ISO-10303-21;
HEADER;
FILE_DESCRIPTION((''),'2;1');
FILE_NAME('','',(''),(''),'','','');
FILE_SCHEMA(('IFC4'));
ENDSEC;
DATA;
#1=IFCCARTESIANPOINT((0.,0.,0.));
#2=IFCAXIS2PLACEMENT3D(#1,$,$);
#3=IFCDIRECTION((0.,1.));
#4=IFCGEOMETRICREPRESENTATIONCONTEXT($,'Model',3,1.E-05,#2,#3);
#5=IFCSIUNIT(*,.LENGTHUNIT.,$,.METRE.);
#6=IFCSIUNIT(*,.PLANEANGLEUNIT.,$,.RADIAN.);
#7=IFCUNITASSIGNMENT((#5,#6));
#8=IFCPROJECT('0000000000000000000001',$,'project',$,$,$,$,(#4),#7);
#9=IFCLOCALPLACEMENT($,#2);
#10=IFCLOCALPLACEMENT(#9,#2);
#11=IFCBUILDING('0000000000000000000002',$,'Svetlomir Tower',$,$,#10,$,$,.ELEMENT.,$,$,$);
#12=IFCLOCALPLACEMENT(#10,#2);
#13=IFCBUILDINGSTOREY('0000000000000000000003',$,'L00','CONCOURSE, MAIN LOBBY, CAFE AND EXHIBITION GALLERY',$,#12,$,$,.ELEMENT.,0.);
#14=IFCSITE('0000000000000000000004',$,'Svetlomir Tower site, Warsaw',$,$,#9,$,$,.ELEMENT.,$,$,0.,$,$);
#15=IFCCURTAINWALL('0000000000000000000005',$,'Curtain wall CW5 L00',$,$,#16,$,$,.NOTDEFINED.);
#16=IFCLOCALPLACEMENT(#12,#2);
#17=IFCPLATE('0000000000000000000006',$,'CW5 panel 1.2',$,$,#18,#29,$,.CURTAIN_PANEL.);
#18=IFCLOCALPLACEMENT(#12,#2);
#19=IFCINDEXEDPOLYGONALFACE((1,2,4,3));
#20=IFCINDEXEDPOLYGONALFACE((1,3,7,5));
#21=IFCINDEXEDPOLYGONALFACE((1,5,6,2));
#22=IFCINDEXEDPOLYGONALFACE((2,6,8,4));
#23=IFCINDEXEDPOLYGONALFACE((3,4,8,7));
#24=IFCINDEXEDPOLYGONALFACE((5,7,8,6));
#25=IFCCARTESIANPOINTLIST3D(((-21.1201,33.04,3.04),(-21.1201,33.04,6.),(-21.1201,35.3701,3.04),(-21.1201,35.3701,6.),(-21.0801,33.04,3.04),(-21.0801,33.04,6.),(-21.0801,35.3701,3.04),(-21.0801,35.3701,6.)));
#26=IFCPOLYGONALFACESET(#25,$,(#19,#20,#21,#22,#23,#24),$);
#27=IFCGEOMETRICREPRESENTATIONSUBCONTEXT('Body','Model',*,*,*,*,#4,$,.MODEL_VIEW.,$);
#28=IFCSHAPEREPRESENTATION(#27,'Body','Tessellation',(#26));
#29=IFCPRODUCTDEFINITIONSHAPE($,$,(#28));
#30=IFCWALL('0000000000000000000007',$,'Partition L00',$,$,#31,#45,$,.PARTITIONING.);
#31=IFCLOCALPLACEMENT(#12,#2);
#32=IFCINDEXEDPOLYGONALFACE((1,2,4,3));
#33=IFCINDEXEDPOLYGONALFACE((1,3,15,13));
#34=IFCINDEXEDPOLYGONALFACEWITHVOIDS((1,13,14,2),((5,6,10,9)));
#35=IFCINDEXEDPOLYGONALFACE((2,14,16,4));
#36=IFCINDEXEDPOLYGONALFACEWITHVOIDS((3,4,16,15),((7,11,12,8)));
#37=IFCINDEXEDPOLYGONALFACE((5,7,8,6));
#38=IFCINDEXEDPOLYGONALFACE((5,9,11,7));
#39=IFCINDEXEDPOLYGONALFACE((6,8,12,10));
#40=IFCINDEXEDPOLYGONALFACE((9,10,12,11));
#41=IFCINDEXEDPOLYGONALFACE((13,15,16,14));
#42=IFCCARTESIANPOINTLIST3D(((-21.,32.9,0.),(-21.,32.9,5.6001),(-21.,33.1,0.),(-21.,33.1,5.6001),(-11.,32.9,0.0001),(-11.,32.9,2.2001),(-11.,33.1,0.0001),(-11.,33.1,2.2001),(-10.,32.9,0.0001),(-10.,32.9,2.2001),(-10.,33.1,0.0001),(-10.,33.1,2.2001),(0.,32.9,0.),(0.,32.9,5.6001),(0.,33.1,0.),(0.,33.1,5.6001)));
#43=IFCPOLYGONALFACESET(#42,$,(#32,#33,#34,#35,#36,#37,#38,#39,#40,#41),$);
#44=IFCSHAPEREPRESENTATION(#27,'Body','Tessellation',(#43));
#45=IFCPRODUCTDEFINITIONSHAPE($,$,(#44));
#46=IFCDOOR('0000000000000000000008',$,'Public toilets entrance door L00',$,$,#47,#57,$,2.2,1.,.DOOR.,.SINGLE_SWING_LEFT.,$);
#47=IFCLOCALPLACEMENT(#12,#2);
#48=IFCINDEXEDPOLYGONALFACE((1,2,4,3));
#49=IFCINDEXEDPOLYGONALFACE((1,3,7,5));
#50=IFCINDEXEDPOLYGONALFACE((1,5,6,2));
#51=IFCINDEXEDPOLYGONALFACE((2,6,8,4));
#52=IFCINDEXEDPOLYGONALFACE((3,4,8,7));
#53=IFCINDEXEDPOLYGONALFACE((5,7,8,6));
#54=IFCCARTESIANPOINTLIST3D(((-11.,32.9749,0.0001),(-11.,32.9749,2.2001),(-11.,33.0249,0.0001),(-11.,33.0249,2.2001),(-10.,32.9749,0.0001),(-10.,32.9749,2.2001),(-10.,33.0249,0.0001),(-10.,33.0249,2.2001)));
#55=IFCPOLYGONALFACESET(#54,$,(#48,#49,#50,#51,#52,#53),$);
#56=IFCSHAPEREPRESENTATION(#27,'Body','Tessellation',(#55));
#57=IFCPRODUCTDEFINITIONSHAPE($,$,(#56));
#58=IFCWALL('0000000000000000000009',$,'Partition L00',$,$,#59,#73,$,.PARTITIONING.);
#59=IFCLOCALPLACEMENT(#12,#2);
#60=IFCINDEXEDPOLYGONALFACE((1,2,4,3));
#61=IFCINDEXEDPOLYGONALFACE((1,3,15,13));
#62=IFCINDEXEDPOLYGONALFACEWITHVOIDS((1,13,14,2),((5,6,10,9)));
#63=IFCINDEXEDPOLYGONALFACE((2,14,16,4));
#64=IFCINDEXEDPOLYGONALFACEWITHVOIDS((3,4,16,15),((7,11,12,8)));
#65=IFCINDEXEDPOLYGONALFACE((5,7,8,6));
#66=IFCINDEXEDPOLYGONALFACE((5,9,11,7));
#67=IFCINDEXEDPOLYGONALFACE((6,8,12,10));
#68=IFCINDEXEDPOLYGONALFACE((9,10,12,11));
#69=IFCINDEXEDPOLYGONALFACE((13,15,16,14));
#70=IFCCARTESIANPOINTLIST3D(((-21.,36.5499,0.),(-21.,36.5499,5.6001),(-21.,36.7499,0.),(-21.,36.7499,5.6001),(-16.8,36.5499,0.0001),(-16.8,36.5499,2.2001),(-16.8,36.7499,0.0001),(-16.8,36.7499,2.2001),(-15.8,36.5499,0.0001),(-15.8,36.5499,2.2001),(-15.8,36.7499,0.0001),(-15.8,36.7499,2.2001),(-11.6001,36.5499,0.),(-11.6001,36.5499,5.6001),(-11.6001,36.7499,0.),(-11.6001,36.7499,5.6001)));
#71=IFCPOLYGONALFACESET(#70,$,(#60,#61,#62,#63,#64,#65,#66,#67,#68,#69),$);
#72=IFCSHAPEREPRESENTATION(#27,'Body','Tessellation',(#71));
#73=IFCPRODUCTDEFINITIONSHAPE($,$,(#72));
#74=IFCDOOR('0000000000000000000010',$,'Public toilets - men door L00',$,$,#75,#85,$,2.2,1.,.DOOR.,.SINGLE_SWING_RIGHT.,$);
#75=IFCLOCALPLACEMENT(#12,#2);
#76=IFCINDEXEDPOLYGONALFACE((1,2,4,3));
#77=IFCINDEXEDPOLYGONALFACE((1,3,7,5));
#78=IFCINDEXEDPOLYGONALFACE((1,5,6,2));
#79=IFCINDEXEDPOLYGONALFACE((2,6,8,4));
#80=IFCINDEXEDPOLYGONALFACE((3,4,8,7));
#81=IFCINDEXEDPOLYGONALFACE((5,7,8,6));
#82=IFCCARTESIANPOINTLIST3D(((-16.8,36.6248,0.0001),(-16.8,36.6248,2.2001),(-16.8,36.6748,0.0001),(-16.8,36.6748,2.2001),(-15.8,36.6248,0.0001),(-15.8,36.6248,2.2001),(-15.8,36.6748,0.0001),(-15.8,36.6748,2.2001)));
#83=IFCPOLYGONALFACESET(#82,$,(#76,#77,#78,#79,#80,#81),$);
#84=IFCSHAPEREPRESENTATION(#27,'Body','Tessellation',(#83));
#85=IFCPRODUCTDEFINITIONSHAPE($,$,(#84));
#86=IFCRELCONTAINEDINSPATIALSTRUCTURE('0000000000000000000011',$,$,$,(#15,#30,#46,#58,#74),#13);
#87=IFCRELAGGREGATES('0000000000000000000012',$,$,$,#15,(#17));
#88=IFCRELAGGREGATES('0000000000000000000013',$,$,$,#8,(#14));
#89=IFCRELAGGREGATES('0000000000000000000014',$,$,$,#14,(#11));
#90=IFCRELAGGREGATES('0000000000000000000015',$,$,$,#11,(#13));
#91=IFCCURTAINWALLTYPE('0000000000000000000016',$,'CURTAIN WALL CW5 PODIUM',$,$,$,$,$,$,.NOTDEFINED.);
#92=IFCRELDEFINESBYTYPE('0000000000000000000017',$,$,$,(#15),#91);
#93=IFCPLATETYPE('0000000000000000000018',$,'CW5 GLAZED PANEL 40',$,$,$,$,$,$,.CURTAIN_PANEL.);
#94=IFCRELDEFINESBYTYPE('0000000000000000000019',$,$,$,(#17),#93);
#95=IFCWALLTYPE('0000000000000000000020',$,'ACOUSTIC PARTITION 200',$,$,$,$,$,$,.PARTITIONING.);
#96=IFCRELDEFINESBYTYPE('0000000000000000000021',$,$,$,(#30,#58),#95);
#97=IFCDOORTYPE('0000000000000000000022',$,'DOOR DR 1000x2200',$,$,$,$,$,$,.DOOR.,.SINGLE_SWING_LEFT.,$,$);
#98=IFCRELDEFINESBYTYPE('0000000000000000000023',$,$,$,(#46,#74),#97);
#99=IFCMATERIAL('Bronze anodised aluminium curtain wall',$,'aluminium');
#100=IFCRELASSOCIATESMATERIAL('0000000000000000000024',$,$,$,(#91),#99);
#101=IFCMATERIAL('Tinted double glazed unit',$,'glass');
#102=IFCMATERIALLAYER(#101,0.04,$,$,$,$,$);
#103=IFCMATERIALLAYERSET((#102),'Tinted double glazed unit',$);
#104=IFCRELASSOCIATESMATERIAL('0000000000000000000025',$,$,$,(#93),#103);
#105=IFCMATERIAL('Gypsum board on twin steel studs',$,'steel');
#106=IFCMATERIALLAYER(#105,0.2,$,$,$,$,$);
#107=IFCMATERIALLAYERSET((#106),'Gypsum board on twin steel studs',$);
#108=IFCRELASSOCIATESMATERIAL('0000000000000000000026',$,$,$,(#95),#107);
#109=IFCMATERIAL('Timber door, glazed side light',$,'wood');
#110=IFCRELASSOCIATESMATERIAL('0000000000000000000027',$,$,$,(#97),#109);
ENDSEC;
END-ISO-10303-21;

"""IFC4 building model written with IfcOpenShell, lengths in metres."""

from ifc_helpers import new_model, si_unit, direction, frame, frame_2d, origin, origin_2d, place, context, subcontext, project, spatial, rectangle, extrude, material, layer, layer_set, type_object, element, fill, aggregate, save


model = new_model("IFC4")

# Units and contexts
model_context = context("Model", 3, precision=1e-05, world=origin(), true_north=direction((0.0, 1.0)))
body_context = subcontext(model_context, "Body", "Model", "MODEL_VIEW")
ifc_project = project(units=[si_unit("LENGTHUNIT", "METRE"), si_unit("PLANEANGLEUNIT", "RADIAN")], contexts=[model_context])

# Site, building, storey
site_placement = place(None, origin())
site = spatial("IfcSite", under=ifc_project, at=site_placement, Name="Svetlomir Tower site, Warsaw", CompositionType="ELEMENT", RefElevation=0.0)
building_placement = place(site_placement, origin())
building = spatial("IfcBuilding", under=site, at=building_placement, Name="Svetlomir Tower", CompositionType="ELEMENT")
storey_placement = place(building_placement, origin())
storey = spatial("IfcBuildingStorey", under=building, at=storey_placement, Name="L00", Description="CONCOURSE, MAIN LOBBY, CAFE AND EXHIBITION GALLERY", CompositionType="ELEMENT", Elevation=0.0)

# Curtain wall
ifc_material_1 = material(Name="Bronze anodised aluminium curtain wall", Category="aluminium")
curtain_wall_type = type_object("IfcCurtainWallType", Name="CURTAIN WALL CW5 PODIUM", PredefinedType="NOTDEFINED", material=ifc_material_1)
curtain_wall_1_placement = place(storey_placement, origin())
curtain_wall_1 = element("IfcCurtainWall", 1, at=curtain_wall_1_placement, inside=storey, type_object=curtain_wall_type, Name="Curtain wall CW5 L00", PredefinedType="NOTDEFINED")

# Plate
ifc_material_2 = material(Name="Tinted double glazed unit", Category="glass")
ifc_layer_1 = layer(ifc_material_2, 0.04)
ifc_layer_set_1 = layer_set([ifc_layer_1], Name="Tinted double glazed unit")
plate_type = type_object("IfcPlateType", Name="CW5 GLAZED PANEL 40", PredefinedType="CURTAIN_PANEL", material=ifc_layer_set_1)
plate_1_placement = place(storey_placement, frame((-21.1001, 34.2051, 3.04), z_axis=(0.0, 0.0, 1.0), x_axis=(0.0, -1.0, 0.0)))
plate_1 = element("IfcPlate", 2, at=plate_1_placement, type_object=plate_type, Name="CW5 panel 1.2", PredefinedType="CURTAIN_PANEL", context=body_context, shape_type="SweptSolid", body=[
    extrude(rectangle(XDim=2.3301, YDim=0.04, at=origin_2d()), origin(), (0.0, 0.0, 1.0), 2.96),
])
aggregate(curtain_wall_1, [plate_1])

# Walls, openings, doors
ifc_material_3 = material(Name="Gypsum board on twin steel studs", Category="steel")
ifc_layer_2 = layer(ifc_material_3, 0.2)
ifc_layer_set_2 = layer_set([ifc_layer_2], Name="Gypsum board on twin steel studs")
wall_type = type_object("IfcWallType", Name="ACOUSTIC PARTITION 200", PredefinedType="PARTITIONING", material=ifc_layer_set_2)
wall_1_placement = place(storey_placement, frame((-21.0, 33.0, 0.0), z_axis=(0.0, 0.0, 1.0), x_axis=(1.0, 0.0, 0.0)))
wall_1 = element("IfcWall", 3, at=wall_1_placement, inside=storey, type_object=wall_type, Name="Partition L00", PredefinedType="PARTITIONING", context=body_context, shape_type="SweptSolid", body=[
    extrude(rectangle(XDim=21.0, YDim=0.2, at=frame_2d((10.5, 0.0))), origin(), (0.0, 0.0, 1.0), 5.6001),
])
opening_1_placement = place(wall_1_placement, frame((10.0, 0.0, 0.0)))
opening_1 = element("IfcOpeningElement", 4, at=opening_1_placement, cuts=wall_1, PredefinedType="OPENING", context=body_context, shape_type="SweptSolid", body=[
    extrude(rectangle(XDim=1.0, YDim=2.2, at=frame_2d((0.5, 1.1001))), frame((0.0, 0.1099, 0.0), z_axis=(0.0, -1.0, 0.0), x_axis=(1.0, 0.0, 0.0)), (0.0, 0.0, 1.0), 0.22),
])
ifc_material_4 = material(Name="Timber door, glazed side light", Category="wood")
door_type = type_object("IfcDoorType", Name="DOOR DR 1000x2200", OperationType="SINGLE_SWING_LEFT", PredefinedType="DOOR", material=ifc_material_4)
door_1_placement = place(opening_1_placement, origin())
door_1 = element("IfcDoor", 5, at=door_1_placement, inside=storey, type_object=door_type, Name="Public toilets entrance door L00", OperationType="SINGLE_SWING_LEFT", OverallHeight=2.2, OverallWidth=1.0, PredefinedType="DOOR", context=body_context, shape_type="SweptSolid", body=[
    extrude(rectangle(XDim=1.0, YDim=2.2, at=frame_2d((0.5, 1.1001))), frame((0.0, 0.0249, 0.0), z_axis=(0.0, -1.0, 0.0), x_axis=(1.0, 0.0, 0.0)), (0.0, 0.0, 1.0), 0.05),
])
fill(opening_1, door_1)
wall_2_placement = place(storey_placement, frame((-21.0, 36.6499, 0.0), z_axis=(0.0, 0.0, 1.0), x_axis=(1.0, 0.0, 0.0)))
wall_2 = element("IfcWall", 6, at=wall_2_placement, inside=storey, type_object=wall_type, Name="Partition L00", PredefinedType="PARTITIONING", context=body_context, shape_type="SweptSolid", body=[
    extrude(rectangle(XDim=9.3999, YDim=0.2, at=frame_2d((4.7, 0.0))), origin(), (0.0, 0.0, 1.0), 5.6001),
])
opening_2_placement = place(wall_2_placement, frame((4.2, 0.0, 0.0)))
opening_2 = element("IfcOpeningElement", 7, at=opening_2_placement, cuts=wall_2, PredefinedType="OPENING", context=body_context, shape_type="SweptSolid", body=[
    extrude(rectangle(XDim=1.0, YDim=2.2, at=frame_2d((0.5, 1.1001))), frame((0.0, 0.1099, 0.0), z_axis=(0.0, -1.0, 0.0), x_axis=(1.0, 0.0, 0.0)), (0.0, 0.0, 1.0), 0.22),
])
door_2_placement = place(opening_2_placement, origin())
door_2 = element("IfcDoor", 8, at=door_2_placement, inside=storey, type_object=door_type, Name="Public toilets - men door L00", OperationType="SINGLE_SWING_RIGHT", OverallHeight=2.2, OverallWidth=1.0, PredefinedType="DOOR", context=body_context, shape_type="SweptSolid", body=[
    extrude(rectangle(XDim=1.0, YDim=2.2, at=frame_2d((0.5, 1.1001))), frame((0.0, 0.0249, 0.0), z_axis=(0.0, -1.0, 0.0), x_axis=(1.0, 0.0, 0.0)), (0.0, 0.0, 1.0), 0.05),
])
fill(opening_2, door_2)

save(model, "model.ifc")
